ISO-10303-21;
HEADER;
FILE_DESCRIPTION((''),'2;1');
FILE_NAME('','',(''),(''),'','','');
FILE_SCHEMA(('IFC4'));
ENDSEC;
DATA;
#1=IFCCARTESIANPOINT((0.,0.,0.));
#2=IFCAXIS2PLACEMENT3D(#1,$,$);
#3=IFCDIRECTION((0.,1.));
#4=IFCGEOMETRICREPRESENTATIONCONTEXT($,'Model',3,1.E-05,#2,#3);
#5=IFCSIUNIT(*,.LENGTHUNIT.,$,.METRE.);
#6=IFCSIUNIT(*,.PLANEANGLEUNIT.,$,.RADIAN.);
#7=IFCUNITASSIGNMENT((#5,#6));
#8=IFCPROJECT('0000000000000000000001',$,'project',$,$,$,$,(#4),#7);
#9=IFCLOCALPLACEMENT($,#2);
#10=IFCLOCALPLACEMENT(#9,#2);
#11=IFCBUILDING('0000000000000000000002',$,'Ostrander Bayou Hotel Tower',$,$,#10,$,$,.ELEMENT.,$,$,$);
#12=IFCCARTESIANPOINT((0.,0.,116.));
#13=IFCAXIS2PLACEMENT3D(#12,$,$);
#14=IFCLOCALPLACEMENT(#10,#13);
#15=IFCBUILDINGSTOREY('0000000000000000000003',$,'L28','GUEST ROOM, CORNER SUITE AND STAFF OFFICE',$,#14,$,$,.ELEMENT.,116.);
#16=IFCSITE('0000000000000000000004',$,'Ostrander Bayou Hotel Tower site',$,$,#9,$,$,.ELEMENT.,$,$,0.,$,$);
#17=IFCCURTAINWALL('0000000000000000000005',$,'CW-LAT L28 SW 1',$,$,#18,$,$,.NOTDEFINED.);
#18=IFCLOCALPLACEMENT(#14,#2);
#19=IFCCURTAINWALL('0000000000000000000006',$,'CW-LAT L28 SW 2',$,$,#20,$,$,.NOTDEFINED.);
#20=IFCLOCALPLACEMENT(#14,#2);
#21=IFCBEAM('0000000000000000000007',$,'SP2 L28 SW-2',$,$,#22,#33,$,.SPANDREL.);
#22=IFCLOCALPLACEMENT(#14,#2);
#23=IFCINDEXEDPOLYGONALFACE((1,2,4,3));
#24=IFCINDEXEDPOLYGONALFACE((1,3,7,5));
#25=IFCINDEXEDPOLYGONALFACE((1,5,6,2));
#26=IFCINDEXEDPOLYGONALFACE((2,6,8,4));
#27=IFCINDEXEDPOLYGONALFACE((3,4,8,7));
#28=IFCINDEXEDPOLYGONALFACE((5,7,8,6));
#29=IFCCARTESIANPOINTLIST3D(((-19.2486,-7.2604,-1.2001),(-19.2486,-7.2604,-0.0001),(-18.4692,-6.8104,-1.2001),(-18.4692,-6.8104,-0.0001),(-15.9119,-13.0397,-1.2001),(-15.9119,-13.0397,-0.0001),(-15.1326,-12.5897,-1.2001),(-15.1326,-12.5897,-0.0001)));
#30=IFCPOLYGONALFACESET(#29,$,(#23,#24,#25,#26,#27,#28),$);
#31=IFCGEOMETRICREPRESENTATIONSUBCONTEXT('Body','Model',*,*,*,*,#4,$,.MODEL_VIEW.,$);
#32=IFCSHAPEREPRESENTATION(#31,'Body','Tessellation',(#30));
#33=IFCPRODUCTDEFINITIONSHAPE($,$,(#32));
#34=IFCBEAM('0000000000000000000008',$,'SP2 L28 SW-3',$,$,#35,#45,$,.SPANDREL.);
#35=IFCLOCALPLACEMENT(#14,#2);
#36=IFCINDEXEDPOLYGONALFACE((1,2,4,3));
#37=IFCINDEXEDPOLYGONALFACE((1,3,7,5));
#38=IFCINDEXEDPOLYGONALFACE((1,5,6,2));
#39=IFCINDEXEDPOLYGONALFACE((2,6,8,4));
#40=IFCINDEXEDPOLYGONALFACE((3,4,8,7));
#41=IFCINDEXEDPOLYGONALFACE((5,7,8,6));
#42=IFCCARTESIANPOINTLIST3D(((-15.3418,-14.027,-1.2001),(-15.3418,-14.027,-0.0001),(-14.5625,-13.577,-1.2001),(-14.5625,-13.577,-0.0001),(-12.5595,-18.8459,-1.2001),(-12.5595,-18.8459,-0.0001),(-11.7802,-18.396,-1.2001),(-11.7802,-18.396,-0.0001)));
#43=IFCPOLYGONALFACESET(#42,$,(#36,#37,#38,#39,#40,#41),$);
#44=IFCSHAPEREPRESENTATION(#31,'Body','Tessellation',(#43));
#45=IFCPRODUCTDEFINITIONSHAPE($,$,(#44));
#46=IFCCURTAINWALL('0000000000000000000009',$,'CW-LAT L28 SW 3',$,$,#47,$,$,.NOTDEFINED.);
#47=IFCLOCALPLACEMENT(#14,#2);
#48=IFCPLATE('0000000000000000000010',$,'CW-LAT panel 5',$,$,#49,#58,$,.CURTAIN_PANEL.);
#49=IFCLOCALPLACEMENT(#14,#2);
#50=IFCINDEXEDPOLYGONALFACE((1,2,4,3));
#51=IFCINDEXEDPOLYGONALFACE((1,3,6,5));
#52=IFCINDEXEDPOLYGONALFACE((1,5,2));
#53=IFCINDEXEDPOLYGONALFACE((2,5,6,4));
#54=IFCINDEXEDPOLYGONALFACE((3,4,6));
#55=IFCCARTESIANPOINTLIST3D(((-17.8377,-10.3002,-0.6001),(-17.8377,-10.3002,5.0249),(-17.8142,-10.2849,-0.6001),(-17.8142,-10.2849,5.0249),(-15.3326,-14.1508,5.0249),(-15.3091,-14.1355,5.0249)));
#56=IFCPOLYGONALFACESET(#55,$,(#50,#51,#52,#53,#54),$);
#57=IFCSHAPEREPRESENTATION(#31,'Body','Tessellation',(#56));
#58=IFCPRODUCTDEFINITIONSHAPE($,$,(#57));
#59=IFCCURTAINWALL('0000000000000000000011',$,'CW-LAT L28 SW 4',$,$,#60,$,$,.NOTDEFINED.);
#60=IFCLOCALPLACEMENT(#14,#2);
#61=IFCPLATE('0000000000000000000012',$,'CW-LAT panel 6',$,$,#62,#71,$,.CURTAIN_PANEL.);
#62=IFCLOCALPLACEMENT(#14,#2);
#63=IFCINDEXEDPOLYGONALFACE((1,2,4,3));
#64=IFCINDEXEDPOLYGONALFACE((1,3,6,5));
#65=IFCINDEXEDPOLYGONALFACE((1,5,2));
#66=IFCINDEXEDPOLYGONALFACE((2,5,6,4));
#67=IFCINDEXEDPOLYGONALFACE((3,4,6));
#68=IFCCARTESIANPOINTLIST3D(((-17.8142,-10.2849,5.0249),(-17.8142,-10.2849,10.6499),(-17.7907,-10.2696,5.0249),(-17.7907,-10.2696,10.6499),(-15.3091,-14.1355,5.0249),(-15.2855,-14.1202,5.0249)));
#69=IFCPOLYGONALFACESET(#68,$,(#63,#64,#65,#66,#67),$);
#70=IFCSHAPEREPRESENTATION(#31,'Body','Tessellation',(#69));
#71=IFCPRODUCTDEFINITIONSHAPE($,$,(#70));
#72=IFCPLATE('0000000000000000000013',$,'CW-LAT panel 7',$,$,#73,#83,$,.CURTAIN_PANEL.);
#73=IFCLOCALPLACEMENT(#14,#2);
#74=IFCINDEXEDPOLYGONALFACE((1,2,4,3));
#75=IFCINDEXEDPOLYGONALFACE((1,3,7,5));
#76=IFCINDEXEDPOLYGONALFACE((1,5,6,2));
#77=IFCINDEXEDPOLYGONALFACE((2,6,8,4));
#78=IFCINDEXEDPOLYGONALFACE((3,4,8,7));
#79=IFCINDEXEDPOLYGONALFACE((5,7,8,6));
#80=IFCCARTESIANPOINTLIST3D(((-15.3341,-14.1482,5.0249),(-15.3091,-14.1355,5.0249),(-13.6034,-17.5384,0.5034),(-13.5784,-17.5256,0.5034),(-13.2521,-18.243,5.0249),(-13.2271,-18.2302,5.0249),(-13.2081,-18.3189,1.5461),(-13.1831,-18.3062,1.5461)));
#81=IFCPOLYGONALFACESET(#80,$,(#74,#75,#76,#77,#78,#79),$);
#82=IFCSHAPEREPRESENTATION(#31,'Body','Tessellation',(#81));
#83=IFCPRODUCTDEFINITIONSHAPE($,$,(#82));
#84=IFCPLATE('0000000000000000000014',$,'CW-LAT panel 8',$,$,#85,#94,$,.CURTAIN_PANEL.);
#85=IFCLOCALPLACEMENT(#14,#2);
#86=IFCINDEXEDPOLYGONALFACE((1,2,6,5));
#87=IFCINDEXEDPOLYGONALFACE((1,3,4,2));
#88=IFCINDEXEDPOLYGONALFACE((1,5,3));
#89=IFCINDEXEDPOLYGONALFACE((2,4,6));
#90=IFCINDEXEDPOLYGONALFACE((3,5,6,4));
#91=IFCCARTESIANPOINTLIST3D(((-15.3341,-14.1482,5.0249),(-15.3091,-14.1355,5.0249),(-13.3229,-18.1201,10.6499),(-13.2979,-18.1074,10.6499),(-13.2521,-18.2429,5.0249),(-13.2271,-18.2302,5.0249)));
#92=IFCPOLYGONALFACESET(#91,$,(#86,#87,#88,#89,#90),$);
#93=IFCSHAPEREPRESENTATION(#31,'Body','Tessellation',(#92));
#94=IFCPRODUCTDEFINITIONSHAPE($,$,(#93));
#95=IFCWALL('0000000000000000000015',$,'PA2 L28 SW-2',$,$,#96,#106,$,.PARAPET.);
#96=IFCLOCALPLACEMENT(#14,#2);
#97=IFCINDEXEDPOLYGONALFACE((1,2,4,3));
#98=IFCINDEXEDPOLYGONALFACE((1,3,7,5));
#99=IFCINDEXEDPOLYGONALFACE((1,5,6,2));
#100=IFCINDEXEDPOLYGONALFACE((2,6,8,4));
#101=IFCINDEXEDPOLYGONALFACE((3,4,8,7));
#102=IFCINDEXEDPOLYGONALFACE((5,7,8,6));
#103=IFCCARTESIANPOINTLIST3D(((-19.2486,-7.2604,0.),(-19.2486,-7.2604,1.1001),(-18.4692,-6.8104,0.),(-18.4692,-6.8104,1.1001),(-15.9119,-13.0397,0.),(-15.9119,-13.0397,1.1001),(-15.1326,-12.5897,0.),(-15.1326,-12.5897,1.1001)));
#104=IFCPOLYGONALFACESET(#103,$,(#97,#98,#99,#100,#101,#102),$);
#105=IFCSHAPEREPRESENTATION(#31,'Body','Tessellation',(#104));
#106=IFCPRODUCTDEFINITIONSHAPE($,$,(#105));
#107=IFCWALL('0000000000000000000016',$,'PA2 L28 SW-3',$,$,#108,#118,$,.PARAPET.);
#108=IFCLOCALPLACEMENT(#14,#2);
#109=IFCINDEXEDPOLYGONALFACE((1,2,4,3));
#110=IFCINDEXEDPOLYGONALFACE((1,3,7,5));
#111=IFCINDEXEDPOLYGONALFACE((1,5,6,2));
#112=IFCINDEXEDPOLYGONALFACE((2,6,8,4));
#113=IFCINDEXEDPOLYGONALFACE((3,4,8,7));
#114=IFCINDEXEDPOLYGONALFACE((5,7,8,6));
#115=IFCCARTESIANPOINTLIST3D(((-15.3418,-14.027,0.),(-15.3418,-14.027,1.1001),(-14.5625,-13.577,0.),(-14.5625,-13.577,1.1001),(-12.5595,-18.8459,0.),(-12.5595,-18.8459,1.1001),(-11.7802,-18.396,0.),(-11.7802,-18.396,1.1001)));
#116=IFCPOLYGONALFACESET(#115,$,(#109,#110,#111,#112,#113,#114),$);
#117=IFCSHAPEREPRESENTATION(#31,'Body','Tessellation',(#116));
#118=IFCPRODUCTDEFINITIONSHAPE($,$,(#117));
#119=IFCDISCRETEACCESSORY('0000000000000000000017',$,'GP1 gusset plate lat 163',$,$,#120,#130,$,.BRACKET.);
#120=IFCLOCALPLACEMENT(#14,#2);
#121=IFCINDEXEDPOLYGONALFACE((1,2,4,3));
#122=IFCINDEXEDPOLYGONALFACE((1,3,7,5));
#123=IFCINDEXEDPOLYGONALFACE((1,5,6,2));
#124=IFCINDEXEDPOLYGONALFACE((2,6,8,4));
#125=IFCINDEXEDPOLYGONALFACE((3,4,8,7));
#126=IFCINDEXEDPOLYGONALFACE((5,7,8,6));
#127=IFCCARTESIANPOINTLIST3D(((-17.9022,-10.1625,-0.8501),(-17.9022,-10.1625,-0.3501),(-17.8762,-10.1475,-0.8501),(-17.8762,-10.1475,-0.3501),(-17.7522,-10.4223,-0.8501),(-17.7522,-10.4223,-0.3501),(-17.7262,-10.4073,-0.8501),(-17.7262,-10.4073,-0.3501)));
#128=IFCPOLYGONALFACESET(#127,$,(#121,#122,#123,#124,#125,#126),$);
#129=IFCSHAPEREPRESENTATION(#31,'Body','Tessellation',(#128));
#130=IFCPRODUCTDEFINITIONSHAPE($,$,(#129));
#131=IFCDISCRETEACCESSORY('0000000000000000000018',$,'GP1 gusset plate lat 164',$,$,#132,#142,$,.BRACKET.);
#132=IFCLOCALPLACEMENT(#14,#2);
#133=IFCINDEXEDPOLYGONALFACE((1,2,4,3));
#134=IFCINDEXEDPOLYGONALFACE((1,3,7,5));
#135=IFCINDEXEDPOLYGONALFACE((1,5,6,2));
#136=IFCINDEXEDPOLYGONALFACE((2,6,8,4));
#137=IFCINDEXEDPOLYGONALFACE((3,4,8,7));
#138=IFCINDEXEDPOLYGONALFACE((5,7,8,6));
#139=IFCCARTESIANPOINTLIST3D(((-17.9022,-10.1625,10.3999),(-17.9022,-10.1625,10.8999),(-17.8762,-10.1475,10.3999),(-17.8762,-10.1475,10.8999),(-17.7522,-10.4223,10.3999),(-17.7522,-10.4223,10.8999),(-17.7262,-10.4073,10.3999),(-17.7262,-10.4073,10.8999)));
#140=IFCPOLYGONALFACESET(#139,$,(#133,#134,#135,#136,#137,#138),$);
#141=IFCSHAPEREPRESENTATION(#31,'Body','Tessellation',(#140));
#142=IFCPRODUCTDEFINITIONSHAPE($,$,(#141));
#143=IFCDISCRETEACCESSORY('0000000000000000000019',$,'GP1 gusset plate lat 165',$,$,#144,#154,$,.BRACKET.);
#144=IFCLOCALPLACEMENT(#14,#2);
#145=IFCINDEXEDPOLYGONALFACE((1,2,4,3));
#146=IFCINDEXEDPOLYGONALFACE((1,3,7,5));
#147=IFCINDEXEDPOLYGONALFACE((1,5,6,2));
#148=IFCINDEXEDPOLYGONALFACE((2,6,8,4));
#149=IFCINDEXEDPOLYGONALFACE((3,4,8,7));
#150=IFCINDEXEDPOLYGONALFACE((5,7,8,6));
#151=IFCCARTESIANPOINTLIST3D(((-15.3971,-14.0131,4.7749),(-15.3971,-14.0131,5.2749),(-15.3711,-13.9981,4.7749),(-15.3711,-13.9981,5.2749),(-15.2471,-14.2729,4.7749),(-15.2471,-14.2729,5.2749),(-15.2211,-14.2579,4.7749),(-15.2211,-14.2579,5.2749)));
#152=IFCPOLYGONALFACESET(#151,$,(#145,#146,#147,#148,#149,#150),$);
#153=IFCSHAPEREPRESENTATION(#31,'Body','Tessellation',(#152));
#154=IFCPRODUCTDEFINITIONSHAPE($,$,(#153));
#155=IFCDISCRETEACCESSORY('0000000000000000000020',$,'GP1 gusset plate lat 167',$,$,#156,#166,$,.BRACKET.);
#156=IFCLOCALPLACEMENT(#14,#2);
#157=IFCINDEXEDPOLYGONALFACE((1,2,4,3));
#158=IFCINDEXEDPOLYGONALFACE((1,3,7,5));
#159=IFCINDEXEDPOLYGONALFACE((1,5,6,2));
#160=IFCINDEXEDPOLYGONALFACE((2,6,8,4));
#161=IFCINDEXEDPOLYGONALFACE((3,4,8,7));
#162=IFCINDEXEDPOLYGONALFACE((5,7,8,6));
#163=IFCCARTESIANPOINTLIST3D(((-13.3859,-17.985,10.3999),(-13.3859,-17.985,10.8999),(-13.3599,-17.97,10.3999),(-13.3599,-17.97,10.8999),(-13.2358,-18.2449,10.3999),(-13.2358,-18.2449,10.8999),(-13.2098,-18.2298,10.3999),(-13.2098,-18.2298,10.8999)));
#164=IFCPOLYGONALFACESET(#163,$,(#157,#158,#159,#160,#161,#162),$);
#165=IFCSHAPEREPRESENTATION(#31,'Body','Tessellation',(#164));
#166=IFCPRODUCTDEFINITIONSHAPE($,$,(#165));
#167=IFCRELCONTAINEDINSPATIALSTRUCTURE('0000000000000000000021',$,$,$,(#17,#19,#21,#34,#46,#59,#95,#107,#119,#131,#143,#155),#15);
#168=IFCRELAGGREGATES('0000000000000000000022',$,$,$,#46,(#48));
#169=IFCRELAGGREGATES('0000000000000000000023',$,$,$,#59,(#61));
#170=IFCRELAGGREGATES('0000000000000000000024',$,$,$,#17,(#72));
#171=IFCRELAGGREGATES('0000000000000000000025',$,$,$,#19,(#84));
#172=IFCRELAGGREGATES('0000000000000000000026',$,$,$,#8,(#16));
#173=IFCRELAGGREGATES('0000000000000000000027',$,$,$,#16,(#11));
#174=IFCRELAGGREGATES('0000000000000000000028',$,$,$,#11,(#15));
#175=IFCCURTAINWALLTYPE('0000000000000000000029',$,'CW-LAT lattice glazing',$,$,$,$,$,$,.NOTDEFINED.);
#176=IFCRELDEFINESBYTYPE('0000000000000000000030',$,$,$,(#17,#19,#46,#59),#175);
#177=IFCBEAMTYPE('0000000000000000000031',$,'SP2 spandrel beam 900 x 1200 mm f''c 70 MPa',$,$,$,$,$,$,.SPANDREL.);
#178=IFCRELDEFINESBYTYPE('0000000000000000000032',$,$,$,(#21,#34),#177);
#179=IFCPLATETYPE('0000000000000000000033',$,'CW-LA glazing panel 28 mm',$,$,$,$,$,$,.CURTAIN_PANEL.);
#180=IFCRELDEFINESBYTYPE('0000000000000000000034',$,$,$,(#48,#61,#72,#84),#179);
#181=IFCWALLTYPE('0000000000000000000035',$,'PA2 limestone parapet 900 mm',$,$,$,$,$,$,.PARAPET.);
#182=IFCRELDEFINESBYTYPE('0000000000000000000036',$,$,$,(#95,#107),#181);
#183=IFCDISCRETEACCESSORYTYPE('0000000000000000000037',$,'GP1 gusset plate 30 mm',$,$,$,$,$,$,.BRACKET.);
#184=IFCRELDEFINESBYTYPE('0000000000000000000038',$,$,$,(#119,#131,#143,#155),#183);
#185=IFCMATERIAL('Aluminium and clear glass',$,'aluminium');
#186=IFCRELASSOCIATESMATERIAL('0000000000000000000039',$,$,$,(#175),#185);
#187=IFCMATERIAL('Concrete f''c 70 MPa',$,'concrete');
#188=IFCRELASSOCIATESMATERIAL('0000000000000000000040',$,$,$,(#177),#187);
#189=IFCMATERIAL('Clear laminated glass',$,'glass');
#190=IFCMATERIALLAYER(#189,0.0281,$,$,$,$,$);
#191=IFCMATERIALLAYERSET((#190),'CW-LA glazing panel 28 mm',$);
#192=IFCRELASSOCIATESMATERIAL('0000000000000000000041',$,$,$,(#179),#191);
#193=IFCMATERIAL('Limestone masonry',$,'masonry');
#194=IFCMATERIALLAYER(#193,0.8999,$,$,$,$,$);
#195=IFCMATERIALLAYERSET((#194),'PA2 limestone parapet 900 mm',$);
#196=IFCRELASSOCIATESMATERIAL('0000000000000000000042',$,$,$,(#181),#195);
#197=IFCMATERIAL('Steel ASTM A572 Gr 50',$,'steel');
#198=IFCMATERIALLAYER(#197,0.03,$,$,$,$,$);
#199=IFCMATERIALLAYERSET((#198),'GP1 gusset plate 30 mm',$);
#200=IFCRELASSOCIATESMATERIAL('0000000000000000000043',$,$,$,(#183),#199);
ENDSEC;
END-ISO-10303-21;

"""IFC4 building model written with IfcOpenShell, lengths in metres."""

from ifc_helpers import new_model, si_unit, direction, frame, frame_2d, origin, origin_2d, place, context, subcontext, project, spatial, polyline, rectangle, outline, extrude, material, layer, layer_set, material_profile, profile_set, type_object, element, aggregate, save


model = new_model("IFC4")

# Units and contexts
model_context = context("Model", 3, precision=1e-05, world=origin(), true_north=direction((0.0, 1.0)))
body_context = subcontext(model_context, "Body", "Model", "MODEL_VIEW")
ifc_project = project(units=[si_unit("LENGTHUNIT", "METRE"), si_unit("PLANEANGLEUNIT", "RADIAN")], contexts=[model_context])

# Site, building, storey
site_placement = place(None, origin())
site = spatial("IfcSite", under=ifc_project, at=site_placement, Name="Ostrander Bayou Hotel Tower site", CompositionType="ELEMENT", RefElevation=0.0)
building_placement = place(site_placement, origin())
building = spatial("IfcBuilding", under=site, at=building_placement, Name="Ostrander Bayou Hotel Tower", CompositionType="ELEMENT")
storey_placement = place(building_placement, frame((0.0, 0.0, 116.0)))
storey = spatial("IfcBuildingStorey", under=building, at=storey_placement, Name="L28", Description="GUEST ROOM, CORNER SUITE AND STAFF OFFICE", CompositionType="ELEMENT", Elevation=116.0)

# Curtain walls
ifc_material_1 = material(Name="Aluminium and clear glass", Category="aluminium")
curtain_wall_type = type_object("IfcCurtainWallType", Name="CW-LAT lattice glazing", PredefinedType="NOTDEFINED", material=ifc_material_1)
curtain_wall_1_placement = place(storey_placement, origin())
curtain_wall_1 = element("IfcCurtainWall", 1, at=curtain_wall_1_placement, inside=storey, type_object=curtain_wall_type, Name="CW-LAT L28 SW 1", PredefinedType="NOTDEFINED")
curtain_wall_2_placement = place(storey_placement, origin())
curtain_wall_2 = element("IfcCurtainWall", 2, at=curtain_wall_2_placement, inside=storey, type_object=curtain_wall_type, Name="CW-LAT L28 SW 2", PredefinedType="NOTDEFINED")

# Beams
ifc_material_2 = material(Name="Concrete f'c 70 MPa", Category="concrete")
ifc_material_profile_1 = material_profile(ifc_material_2, rectangle(XDim=0.8999, YDim=1.2, at=origin_2d()))
ifc_profile_set_1 = profile_set([ifc_material_profile_1], Name="Concrete f'c 70 MPa")
beam_type_1 = type_object("IfcBeamType", Name="SP2 spandrel beam 900 x 1200 mm f'c 70 MPa", PredefinedType="SPANDREL", material=ifc_profile_set_1)
beam_1_placement = place(storey_placement, frame((-18.8589, -7.0354, -0.6001), z_axis=(0.499999, -0.866026, 0.0), x_axis=(0.866026, 0.499999, 0.0)))
element("IfcBeam", 3, at=beam_1_placement, inside=storey, type_object=beam_type_1, Name="SP2 L28 SW-2", PredefinedType="SPANDREL", context=body_context, shape_type="SweptSolid", body=[
    extrude(rectangle(XDim=0.8999, YDim=1.2, at=origin_2d()), origin(), (0.0, 0.0, 1.0), 6.6733),
])
beam_2_placement = place(storey_placement, frame((-14.9521, -13.802, -0.6001), z_axis=(0.500009, -0.86602, 0.0), x_axis=(0.86602, 0.500009, 0.0)))
element("IfcBeam", 4, at=beam_2_placement, inside=storey, type_object=beam_type_1, Name="SP2 L28 SW-3", PredefinedType="SPANDREL", context=body_context, shape_type="SweptSolid", body=[
    extrude(rectangle(XDim=0.8999, YDim=1.2, at=origin_2d()), origin(), (0.0, 0.0, 1.0), 5.5645),
])

# Curtain walls, plates
curtain_wall_3_placement = place(storey_placement, origin())
curtain_wall_3 = element("IfcCurtainWall", 5, at=curtain_wall_3_placement, inside=storey, type_object=curtain_wall_type, Name="CW-LAT L28 SW 3", PredefinedType="NOTDEFINED")
ifc_material_3 = material(Name="Clear laminated glass", Category="glass")
ifc_layer_1 = layer(ifc_material_3, 0.0281)
ifc_layer_set_1 = layer_set([ifc_layer_1], Name="CW-LA glazing panel 28 mm")
plate_type = type_object("IfcPlateType", Name="CW-LA glazing panel 28 mm", PredefinedType="CURTAIN_PANEL", material=ifc_layer_set_1)
plate_1_placement = place(storey_placement, frame((-15.3091, -14.1355, 5.0249), z_axis=(0.83822, 0.545332, 0.0), x_axis=(-0.344942, 0.530204, -0.774531)))
plate_1 = element("IfcPlate", 6, at=plate_1_placement, type_object=plate_type, Name="CW-LAT panel 5", PredefinedType="CURTAIN_PANEL", context=body_context, shape_type="SweptSolid", body=[
    extrude(outline(polyline([(0.0, 0.0), (7.2625, 0.0), (2.9057, 3.558), (0.0, 0.0)])), origin(), (0.0, 0.0, -1.0), 0.0281),
])
aggregate(curtain_wall_3, [plate_1])
curtain_wall_4_placement = place(storey_placement, origin())
curtain_wall_4 = element("IfcCurtainWall", 7, at=curtain_wall_4_placement, inside=storey, type_object=curtain_wall_type, Name="CW-LAT L28 SW 4", PredefinedType="NOTDEFINED")
plate_2_placement = place(storey_placement, frame((-15.3091, -14.1355, 5.0249), z_axis=(-0.83822, -0.545332, 0.0), x_axis=(-0.344942, 0.530204, 0.774531)))
plate_2 = element("IfcPlate", 8, at=plate_2_placement, type_object=plate_type, Name="CW-LAT panel 6", PredefinedType="CURTAIN_PANEL", context=body_context, shape_type="SweptSolid", body=[
    extrude(outline(polyline([(0.0, 0.0), (7.2625, 0.0), (2.9057, 3.558), (0.0, 0.0)])), origin(), (0.0, 0.0, -1.0), 0.0281),
])
aggregate(curtain_wall_4, [plate_2])

# Plates
plate_3_placement = place(storey_placement, frame((-15.3091, -14.1355, 5.0249), z_axis=(0.891387, 0.45324, 0.001369), x_axis=(0.453241, -0.891388, 0.0)))
plate_3 = element("IfcPlate", 9, at=plate_3_placement, type_object=plate_type, Name="CW-LAT panel 7", PredefinedType="CURTAIN_PANEL", context=body_context, shape_type="SweptSolid", body=[
    extrude(outline(polyline([(0.0, 0.0), (4.5937, 0.0), (4.6813, 3.4788), (3.8064, 4.5215), (0.0, 0.0)])), origin(), (0.0, 0.0, -1.0), 0.0281),
])
aggregate(curtain_wall_1, [plate_3])
plate_4_placement = place(storey_placement, frame((-15.3091, -14.1355, 5.0249), z_axis=(0.891387, 0.453241, 0.001325), x_axis=(0.280362, -0.553679, 0.784115)))
plate_4 = element("IfcPlate", 10, at=plate_4_placement, type_object=plate_type, Name="CW-LAT panel 8", PredefinedType="CURTAIN_PANEL", context=body_context, shape_type="SweptSolid", body=[
    extrude(outline(polyline([(0.0, 0.0), (7.1737, 0.0), (2.8509, 3.602), (0.0, 0.0)])), origin(), (0.0, 0.0, -1.0), 0.0281),
])
aggregate(curtain_wall_2, [plate_4])

# Walls
ifc_material_4 = material(Name="Limestone masonry", Category="masonry")
ifc_layer_2 = layer(ifc_material_4, 0.8999)
ifc_layer_set_2 = layer_set([ifc_layer_2], Name="PA2 limestone parapet 900 mm")
wall_type = type_object("IfcWallType", Name="PA2 limestone parapet 900 mm", PredefinedType="PARAPET", material=ifc_layer_set_2)
wall_1_placement = place(storey_placement, frame((-18.8589, -7.0354, 0.0), z_axis=(0.0, 0.0, 1.0), x_axis=(0.499999, -0.866026, 0.0)))
element("IfcWall", 11, at=wall_1_placement, inside=storey, type_object=wall_type, Name="PA2 L28 SW-2", PredefinedType="PARAPET", context=body_context, shape_type="SweptSolid", body=[
    extrude(rectangle(XDim=6.6733, YDim=0.8999, at=frame_2d((3.3367, 0.0))), origin(), (0.0, 0.0, 1.0), 1.1001),
])
wall_2_placement = place(storey_placement, frame((-14.9521, -13.802, 0.0), z_axis=(0.0, 0.0, 1.0), x_axis=(0.500009, -0.86602, 0.0)))
element("IfcWall", 12, at=wall_2_placement, inside=storey, type_object=wall_type, Name="PA2 L28 SW-3", PredefinedType="PARAPET", context=body_context, shape_type="SweptSolid", body=[
    extrude(rectangle(XDim=5.5645, YDim=0.8999, at=frame_2d((2.7822, 0.0))), origin(), (0.0, 0.0, 1.0), 1.1001),
])

# Discrete accessories
ifc_material_5 = material(Name="Steel ASTM A572 Gr 50", Category="steel")
ifc_layer_3 = layer(ifc_material_5, 0.03)
ifc_layer_set_3 = layer_set([ifc_layer_3], Name="GP1 gusset plate 30 mm")
discrete_accessory_type = type_object("IfcDiscreteAccessoryType", Name="GP1 gusset plate 30 mm", PredefinedType="BRACKET", material=ifc_layer_set_3)
for number, where, z_axis, x_axis, name in (
    (13, (-17.8142, -10.2849, -0.8501), (0.0, 0.0, 1.0), (0.5, -0.866025, 0.0), "GP1 gusset plate lat 163"),
    (14, (-17.8142, -10.2849, 10.3999), (0.0, 0.0, 1.0), (0.5, -0.866025, 0.0), "GP1 gusset plate lat 164"),
    (15, (-15.3091, -14.1355, 4.7749), (0.0, 0.0, 1.0), (0.5, -0.866025, 0.0), "GP1 gusset plate lat 165"),
    (16, (-13.2979, -18.1074, 10.3999), (0.0, 0.0, 1.0), (0.5, -0.866025, 0.0), "GP1 gusset plate lat 167"),
):
    element("IfcDiscreteAccessory", number, at=place(storey_placement, frame(where, z_axis=z_axis, x_axis=x_axis)), inside=storey, type_object=discrete_accessory_type, Name=name, PredefinedType="BRACKET", context=body_context, shape_type="SweptSolid", body=[
        extrude(rectangle(XDim=0.3, YDim=0.03, at=origin_2d()), origin(), (0.0, 0.0, 1.0), 0.5),
    ])

save(model, "model.ifc")
